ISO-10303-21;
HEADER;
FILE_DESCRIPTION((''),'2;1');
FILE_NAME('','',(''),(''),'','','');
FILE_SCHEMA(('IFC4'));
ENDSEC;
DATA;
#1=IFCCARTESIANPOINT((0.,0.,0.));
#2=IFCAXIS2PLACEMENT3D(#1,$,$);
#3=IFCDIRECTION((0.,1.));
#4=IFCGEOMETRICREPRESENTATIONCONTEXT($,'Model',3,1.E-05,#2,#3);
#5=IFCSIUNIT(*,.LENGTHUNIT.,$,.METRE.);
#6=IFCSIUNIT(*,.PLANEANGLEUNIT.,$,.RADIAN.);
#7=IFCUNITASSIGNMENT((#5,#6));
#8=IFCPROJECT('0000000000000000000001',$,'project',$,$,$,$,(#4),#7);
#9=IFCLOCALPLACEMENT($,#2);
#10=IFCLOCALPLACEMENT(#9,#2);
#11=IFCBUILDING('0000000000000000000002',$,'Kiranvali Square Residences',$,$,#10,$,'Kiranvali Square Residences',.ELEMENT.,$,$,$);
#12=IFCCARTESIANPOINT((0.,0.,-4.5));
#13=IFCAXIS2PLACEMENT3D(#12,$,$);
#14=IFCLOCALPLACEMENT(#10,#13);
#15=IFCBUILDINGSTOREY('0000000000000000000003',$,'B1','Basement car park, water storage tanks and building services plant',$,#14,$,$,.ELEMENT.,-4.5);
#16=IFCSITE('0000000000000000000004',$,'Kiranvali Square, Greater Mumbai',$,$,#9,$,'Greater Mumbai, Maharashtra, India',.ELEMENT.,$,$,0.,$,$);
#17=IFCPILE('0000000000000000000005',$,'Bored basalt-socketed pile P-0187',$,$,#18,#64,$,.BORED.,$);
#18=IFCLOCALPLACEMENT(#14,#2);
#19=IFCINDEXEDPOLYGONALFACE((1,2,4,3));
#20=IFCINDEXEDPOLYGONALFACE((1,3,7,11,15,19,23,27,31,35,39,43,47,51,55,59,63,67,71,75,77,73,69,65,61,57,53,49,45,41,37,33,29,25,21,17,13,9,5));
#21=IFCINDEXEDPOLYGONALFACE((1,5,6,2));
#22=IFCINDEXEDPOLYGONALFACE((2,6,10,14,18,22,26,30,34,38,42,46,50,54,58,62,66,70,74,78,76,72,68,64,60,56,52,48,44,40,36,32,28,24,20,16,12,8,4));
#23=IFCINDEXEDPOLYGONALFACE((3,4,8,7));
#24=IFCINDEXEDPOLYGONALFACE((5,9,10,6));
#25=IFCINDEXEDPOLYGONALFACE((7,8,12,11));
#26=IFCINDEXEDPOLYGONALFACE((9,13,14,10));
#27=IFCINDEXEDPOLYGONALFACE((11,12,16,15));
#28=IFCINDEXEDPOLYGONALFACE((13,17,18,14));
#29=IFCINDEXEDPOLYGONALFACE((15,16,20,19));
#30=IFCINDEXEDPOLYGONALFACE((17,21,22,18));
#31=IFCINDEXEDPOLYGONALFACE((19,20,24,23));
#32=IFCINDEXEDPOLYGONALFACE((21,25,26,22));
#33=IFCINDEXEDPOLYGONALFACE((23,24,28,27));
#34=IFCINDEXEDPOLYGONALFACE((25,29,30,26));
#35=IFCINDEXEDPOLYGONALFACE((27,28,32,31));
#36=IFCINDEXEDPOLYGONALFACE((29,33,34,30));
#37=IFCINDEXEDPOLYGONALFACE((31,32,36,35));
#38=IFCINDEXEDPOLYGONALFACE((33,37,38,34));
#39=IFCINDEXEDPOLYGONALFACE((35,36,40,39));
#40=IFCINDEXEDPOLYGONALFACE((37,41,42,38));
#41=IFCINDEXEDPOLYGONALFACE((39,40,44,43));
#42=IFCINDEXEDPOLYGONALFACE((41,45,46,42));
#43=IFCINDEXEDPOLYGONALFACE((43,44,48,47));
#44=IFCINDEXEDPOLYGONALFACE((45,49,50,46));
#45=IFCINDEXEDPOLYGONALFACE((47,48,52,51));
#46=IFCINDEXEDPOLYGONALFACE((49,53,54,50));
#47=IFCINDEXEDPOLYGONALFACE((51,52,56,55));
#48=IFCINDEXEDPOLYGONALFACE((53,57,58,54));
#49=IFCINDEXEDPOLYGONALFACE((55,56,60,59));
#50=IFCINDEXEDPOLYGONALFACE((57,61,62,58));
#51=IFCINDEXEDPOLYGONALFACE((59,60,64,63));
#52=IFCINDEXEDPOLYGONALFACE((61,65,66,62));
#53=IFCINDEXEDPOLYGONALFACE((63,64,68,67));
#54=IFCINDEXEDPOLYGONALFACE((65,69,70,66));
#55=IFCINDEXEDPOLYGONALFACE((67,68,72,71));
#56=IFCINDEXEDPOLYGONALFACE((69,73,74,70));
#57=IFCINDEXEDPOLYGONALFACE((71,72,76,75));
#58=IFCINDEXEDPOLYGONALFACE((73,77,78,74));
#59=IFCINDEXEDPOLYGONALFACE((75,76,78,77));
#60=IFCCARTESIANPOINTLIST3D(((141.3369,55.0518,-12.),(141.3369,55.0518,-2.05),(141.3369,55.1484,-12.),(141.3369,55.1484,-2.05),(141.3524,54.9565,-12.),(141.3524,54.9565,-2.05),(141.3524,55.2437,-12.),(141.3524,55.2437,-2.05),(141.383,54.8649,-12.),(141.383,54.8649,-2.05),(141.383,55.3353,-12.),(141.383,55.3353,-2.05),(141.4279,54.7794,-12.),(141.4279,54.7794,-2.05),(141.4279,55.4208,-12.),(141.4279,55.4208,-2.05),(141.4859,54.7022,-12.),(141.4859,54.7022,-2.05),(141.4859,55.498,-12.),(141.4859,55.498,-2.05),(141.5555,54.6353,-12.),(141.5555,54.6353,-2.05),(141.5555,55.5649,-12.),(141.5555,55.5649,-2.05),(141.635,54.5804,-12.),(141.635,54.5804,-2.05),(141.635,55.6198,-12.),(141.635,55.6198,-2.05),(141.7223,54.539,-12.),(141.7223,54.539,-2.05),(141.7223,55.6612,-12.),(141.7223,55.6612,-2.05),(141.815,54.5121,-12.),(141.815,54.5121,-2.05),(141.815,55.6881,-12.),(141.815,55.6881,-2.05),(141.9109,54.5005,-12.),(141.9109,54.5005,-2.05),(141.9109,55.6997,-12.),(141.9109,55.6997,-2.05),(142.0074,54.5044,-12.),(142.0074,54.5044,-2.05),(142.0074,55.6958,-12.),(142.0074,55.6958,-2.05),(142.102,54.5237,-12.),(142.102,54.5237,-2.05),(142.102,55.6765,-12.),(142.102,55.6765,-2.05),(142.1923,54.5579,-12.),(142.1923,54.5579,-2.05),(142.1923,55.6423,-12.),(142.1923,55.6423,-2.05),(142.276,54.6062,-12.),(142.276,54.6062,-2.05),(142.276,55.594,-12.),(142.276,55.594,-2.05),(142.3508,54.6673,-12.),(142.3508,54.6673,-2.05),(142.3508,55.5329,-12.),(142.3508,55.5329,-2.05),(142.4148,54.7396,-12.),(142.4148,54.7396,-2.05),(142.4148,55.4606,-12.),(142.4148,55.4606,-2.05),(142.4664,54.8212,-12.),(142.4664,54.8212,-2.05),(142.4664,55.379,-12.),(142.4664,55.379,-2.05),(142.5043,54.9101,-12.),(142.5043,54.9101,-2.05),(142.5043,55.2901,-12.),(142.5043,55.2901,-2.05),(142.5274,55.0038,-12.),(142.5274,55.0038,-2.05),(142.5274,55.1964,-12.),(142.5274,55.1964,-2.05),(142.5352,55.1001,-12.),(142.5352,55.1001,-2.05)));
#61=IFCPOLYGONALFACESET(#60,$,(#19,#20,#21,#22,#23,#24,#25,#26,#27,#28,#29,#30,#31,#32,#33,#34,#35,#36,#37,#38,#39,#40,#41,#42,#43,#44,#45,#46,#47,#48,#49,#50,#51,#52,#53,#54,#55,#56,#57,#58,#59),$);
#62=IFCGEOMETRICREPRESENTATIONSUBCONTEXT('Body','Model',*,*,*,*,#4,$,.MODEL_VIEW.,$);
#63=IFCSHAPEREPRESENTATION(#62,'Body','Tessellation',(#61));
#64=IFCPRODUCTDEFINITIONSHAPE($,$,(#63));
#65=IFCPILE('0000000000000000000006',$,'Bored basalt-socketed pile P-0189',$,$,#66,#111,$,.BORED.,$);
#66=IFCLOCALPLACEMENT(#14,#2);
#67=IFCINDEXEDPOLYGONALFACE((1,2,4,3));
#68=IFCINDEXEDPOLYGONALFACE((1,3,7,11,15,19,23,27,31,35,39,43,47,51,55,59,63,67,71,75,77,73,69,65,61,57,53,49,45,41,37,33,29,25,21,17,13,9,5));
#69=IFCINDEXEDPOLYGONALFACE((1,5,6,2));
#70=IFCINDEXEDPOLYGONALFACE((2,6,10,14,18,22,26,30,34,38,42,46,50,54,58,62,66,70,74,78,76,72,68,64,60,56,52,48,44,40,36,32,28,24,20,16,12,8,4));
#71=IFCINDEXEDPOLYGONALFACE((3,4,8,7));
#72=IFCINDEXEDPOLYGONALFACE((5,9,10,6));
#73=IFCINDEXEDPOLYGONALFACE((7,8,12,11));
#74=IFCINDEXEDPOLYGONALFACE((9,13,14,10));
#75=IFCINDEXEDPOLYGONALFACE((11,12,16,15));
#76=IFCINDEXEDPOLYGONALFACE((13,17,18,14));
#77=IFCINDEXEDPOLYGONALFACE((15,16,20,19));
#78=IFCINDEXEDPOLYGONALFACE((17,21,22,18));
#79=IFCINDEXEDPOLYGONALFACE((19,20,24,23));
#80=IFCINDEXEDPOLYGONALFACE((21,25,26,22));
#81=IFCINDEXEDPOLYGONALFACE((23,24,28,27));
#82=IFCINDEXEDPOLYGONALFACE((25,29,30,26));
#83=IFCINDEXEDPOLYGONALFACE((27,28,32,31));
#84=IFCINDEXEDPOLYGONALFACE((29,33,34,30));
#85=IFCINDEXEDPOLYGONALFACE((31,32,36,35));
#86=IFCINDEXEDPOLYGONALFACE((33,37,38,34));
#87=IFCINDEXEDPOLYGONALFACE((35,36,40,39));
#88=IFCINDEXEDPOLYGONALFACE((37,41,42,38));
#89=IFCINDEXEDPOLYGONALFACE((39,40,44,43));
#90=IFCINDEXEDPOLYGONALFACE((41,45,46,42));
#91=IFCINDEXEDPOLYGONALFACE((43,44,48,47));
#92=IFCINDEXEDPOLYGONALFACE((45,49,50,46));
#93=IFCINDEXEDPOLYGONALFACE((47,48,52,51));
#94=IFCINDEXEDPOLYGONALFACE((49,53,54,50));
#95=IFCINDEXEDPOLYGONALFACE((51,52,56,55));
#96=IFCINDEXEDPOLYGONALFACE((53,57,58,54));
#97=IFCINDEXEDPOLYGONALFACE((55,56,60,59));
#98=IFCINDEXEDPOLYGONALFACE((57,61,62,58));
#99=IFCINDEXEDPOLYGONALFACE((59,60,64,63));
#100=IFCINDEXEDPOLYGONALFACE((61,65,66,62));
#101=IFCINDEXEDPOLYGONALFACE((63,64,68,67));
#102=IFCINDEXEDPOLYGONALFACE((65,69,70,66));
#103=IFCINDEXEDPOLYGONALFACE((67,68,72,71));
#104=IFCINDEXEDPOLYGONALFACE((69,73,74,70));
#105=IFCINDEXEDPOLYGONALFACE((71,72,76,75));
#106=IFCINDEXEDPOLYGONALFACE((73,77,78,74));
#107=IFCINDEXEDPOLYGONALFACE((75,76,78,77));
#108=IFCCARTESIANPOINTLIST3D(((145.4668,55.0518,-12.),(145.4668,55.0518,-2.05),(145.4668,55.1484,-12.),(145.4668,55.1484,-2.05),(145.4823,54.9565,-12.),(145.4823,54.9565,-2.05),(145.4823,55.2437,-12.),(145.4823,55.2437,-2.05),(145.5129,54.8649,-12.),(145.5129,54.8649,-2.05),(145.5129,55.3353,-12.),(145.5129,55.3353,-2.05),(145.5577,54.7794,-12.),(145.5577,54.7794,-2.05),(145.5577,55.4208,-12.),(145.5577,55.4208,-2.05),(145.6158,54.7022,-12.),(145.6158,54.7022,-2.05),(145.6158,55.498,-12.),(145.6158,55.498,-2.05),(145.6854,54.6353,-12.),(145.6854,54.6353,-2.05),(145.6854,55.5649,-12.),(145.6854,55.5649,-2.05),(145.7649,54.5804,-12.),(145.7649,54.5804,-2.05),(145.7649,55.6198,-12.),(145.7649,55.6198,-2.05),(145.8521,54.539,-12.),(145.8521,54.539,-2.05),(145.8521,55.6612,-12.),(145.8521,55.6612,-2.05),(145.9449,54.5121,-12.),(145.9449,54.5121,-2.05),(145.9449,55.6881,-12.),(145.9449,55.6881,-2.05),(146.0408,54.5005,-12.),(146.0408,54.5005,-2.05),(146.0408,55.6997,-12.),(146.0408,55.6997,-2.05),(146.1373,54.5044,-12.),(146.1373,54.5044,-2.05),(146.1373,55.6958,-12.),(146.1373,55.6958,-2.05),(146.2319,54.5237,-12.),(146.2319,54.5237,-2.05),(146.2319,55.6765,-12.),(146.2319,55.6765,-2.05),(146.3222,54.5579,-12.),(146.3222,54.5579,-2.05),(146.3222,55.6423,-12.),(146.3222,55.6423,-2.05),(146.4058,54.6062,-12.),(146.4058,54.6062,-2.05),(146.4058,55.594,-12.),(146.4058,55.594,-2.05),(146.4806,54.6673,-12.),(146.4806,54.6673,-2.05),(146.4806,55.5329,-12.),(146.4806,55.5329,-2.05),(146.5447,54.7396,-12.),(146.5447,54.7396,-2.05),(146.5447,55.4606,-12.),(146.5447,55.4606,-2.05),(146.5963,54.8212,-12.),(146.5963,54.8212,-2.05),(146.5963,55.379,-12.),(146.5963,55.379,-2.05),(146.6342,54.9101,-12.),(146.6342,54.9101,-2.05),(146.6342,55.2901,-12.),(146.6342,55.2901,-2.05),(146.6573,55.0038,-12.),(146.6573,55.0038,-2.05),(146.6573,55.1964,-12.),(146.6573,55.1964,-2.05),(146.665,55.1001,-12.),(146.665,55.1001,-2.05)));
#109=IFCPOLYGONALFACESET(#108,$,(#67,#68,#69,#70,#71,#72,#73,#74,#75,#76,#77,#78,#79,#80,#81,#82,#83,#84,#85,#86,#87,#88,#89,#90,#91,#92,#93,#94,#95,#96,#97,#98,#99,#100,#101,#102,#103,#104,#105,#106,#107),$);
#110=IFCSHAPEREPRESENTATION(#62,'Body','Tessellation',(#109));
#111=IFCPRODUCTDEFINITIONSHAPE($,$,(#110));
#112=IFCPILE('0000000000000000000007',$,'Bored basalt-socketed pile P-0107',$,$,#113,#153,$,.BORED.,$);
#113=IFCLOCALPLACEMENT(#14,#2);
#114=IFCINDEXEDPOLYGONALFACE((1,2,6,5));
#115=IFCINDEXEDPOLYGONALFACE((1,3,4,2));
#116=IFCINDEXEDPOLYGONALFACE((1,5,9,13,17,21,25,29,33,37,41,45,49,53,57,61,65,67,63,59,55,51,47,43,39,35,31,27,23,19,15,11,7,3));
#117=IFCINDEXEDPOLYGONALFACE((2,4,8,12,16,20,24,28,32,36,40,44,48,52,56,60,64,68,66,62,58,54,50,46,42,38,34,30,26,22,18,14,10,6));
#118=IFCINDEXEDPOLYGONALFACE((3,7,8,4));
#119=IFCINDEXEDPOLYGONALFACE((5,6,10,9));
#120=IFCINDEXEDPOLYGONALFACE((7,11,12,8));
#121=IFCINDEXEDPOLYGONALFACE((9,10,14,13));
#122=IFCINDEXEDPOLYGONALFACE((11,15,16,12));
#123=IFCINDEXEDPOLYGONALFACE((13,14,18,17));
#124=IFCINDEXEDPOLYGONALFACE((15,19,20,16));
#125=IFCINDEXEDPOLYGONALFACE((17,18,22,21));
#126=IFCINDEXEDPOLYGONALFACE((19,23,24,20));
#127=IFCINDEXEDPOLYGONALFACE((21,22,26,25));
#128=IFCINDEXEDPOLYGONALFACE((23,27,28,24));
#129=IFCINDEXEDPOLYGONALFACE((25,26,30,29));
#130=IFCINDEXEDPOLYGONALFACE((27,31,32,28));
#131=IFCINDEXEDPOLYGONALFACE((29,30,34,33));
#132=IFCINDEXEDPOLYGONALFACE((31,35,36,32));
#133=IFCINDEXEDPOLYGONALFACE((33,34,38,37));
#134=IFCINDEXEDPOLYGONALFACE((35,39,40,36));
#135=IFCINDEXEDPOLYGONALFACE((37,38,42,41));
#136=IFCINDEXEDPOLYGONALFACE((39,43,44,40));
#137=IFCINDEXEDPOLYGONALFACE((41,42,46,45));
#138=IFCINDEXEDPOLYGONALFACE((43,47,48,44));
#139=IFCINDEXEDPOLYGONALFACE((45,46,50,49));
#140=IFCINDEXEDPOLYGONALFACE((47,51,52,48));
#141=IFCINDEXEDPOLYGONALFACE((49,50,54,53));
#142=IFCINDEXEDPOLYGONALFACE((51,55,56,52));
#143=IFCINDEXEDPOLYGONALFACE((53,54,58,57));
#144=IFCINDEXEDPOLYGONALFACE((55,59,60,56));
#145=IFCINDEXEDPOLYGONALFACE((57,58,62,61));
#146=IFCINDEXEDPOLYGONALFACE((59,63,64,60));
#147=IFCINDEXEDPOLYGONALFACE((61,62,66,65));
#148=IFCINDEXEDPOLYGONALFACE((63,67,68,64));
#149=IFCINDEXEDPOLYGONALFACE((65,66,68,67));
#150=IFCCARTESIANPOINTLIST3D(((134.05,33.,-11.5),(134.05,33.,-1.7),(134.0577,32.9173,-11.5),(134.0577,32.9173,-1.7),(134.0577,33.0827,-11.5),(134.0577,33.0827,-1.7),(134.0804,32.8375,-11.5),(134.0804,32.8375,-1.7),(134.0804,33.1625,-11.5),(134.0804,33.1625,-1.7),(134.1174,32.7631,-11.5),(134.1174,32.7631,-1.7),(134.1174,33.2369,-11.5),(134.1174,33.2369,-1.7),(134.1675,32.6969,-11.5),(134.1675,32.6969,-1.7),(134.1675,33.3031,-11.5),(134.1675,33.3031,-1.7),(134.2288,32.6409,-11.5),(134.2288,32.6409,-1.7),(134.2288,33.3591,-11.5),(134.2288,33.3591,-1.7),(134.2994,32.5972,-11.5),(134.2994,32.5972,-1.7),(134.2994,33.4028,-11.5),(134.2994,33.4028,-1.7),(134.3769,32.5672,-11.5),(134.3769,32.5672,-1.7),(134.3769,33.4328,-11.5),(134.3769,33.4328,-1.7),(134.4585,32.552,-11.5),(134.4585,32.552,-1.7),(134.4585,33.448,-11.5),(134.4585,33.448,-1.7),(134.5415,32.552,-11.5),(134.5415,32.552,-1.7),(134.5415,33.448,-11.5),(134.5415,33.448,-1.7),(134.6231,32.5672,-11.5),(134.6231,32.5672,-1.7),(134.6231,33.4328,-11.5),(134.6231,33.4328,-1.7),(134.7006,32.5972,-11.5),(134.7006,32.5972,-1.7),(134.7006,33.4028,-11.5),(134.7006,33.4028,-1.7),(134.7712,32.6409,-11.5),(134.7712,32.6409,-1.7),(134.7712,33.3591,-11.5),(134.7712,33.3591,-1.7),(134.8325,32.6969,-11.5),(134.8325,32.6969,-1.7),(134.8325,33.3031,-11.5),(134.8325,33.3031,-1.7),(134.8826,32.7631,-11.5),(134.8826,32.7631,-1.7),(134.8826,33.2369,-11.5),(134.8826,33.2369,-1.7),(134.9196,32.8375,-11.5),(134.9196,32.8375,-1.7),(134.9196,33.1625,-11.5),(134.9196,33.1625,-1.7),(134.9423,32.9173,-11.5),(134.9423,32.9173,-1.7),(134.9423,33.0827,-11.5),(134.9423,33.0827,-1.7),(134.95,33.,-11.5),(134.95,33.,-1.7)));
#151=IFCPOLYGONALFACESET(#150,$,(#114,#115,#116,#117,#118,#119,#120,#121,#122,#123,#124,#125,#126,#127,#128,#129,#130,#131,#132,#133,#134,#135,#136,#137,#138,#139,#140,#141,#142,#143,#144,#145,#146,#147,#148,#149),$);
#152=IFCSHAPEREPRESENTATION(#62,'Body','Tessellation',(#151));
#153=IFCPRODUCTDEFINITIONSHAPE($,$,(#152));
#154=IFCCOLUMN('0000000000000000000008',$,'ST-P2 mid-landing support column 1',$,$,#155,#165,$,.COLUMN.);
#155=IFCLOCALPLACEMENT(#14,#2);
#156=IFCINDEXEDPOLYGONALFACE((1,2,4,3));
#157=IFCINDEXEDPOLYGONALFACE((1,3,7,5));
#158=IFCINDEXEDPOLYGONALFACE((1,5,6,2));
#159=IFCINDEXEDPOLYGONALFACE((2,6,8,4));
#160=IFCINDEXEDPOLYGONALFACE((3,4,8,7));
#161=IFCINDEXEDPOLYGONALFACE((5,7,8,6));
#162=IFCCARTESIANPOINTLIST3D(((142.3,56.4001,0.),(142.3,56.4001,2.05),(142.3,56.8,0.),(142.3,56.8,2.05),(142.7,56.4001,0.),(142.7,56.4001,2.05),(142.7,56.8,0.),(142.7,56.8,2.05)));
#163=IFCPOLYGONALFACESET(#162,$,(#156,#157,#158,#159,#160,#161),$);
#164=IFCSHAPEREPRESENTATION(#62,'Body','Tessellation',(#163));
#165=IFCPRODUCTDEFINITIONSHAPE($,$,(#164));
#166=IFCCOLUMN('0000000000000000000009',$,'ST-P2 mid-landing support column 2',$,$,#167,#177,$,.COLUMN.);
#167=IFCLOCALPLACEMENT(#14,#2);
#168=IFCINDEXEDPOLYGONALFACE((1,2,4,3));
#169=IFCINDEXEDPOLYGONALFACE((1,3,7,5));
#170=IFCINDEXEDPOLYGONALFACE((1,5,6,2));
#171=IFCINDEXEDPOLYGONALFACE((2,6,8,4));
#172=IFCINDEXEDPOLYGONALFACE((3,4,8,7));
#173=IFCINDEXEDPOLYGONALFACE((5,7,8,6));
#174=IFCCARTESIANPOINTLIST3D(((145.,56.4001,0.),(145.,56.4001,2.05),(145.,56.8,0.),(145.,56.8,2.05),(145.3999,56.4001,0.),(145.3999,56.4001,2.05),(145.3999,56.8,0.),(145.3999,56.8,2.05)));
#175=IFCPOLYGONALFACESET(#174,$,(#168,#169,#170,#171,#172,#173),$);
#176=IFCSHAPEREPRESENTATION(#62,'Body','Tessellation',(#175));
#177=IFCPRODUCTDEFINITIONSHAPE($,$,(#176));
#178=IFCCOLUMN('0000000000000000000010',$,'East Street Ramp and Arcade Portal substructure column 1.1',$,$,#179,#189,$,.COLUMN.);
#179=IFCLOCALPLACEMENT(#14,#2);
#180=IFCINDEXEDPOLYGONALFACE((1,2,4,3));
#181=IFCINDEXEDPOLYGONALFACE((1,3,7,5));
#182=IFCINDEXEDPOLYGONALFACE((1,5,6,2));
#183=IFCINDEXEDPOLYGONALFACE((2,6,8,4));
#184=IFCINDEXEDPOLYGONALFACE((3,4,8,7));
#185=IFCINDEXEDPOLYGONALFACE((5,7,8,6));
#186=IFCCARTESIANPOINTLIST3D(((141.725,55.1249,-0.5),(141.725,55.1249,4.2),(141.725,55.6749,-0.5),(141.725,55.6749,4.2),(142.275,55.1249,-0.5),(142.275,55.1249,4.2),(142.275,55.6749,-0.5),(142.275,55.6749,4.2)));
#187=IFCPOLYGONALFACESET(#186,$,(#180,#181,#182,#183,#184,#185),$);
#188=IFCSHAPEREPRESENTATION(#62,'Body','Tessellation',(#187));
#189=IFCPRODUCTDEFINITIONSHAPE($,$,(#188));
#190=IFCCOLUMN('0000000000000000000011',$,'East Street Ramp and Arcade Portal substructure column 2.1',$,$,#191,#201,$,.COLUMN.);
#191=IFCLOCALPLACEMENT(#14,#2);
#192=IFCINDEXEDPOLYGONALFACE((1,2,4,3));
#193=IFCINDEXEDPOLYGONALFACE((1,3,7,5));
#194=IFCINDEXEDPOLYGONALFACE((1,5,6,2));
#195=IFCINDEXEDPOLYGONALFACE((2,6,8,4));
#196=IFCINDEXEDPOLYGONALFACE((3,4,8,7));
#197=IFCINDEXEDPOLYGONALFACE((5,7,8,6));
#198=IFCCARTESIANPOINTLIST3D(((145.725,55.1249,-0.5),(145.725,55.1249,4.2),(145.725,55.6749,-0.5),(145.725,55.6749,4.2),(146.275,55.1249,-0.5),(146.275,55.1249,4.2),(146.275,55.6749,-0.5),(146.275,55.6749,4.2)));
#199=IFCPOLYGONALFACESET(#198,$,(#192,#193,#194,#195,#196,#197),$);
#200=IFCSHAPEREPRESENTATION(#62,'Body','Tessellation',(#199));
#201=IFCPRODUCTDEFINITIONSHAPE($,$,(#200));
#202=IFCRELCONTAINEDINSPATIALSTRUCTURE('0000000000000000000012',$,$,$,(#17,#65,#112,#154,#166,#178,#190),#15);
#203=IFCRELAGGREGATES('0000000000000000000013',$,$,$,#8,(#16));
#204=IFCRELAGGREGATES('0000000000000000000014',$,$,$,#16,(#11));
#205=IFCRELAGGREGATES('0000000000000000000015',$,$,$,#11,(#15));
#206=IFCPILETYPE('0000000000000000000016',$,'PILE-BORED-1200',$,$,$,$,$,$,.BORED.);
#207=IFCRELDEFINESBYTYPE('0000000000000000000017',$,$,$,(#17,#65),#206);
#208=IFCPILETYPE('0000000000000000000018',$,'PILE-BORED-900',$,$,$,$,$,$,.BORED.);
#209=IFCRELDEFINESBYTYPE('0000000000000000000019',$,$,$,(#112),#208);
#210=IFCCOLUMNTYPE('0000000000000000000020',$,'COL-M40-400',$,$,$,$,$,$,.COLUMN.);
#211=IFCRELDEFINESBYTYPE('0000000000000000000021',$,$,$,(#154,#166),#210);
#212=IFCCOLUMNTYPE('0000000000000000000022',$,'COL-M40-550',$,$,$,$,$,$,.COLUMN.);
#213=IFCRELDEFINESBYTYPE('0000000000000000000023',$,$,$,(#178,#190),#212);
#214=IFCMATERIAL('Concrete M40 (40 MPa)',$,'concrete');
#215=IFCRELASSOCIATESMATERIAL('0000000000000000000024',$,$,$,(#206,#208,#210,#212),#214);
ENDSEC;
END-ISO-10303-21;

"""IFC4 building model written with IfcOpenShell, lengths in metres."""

from ifc_helpers import new_model, si_unit, direction, frame, origin, origin_2d, place, context, subcontext, project, spatial, rectangle, circle, extrude, material, material_profile, profile_set, type_object, element, save


model = new_model("IFC4")

# Units and contexts
model_context = context("Model", 3, precision=1e-05, world=origin(), true_north=direction((0.0, 1.0)))
body_context = subcontext(model_context, "Body", "Model", "MODEL_VIEW")
ifc_project = project(units=[si_unit("LENGTHUNIT", "METRE"), si_unit("PLANEANGLEUNIT", "RADIAN")], contexts=[model_context])

# Site, building, storey
site_placement = place(None, origin())
site = spatial("IfcSite", under=ifc_project, at=site_placement, Name="Kiranvali Square, Greater Mumbai", LongName="Greater Mumbai, Maharashtra, India", CompositionType="ELEMENT", RefElevation=0.0)
building_placement = place(site_placement, origin())
building = spatial("IfcBuilding", under=site, at=building_placement, Name="Kiranvali Square Residences", LongName="Kiranvali Square Residences", CompositionType="ELEMENT")
storey_placement = place(building_placement, frame((0.0, 0.0, -4.5)))
storey = spatial("IfcBuildingStorey", under=building, at=storey_placement, Name="B1", Description="Basement car park, water storage tanks and building services plant", CompositionType="ELEMENT", Elevation=-4.5)

# Shared definitions
ifc_material_1 = material(Name="Concrete M40 (40 MPa)", Category="concrete")

# Piles
ifc_material_profile_1 = material_profile(ifc_material_1, circle(Radius=0.6001, at=origin_2d()), Name="BORED PILE 1200")
ifc_profile_set_1 = profile_set([ifc_material_profile_1], Name="Concrete M40 (40 MPa)")
pile_type_1 = type_object("IfcPileType", Name="PILE-BORED-1200", PredefinedType="BORED", material=ifc_profile_set_1)
for number, where, z_axis, x_axis, name in (
    (1, (141.9351, 55.1001, -2.05), (0.0, 0.0, -1.0), (1.0, 0.0, 0.0), "Bored basalt-socketed pile P-0187"),
    (2, (146.0649, 55.1001, -2.05), (0.0, 0.0, -1.0), (1.0, 0.0, 0.0), "Bored basalt-socketed pile P-0189"),
):
    element("IfcPile", number, at=place(storey_placement, frame(where, z_axis=z_axis, x_axis=x_axis)), inside=storey, type_object=pile_type_1, Name=name, PredefinedType="BORED", context=body_context, shape_type="SweptSolid", body=[
        extrude(circle(Radius=0.6001, at=origin_2d()), origin(), (0.0, 0.0, 1.0), 9.95),
    ])
ifc_material_profile_2 = material_profile(ifc_material_1, circle(Radius=0.45, at=origin_2d()), Name="BORED PILE 900")
ifc_profile_set_2 = profile_set([ifc_material_profile_2], Name="Concrete M40 (40 MPa)")
pile_type_2 = type_object("IfcPileType", Name="PILE-BORED-900", PredefinedType="BORED", material=ifc_profile_set_2)
pile_placement = place(storey_placement, frame((134.5, 33.0, -1.7), z_axis=(0.0, 0.0, -1.0), x_axis=(1.0, 0.0, 0.0)))
element("IfcPile", 3, at=pile_placement, inside=storey, type_object=pile_type_2, Name="Bored basalt-socketed pile P-0107", PredefinedType="BORED", context=body_context, shape_type="SweptSolid", body=[
    extrude(circle(Radius=0.45, at=origin_2d()), origin(), (0.0, 0.0, 1.0), 9.8),
])

# Columns
ifc_material_profile_3 = material_profile(ifc_material_1, rectangle(XDim=0.3999, YDim=0.3999, at=origin_2d()), Name="RC 400x400")
ifc_profile_set_3 = profile_set([ifc_material_profile_3], Name="Concrete M40 (40 MPa)")
column_type_1 = type_object("IfcColumnType", Name="COL-M40-400", PredefinedType="COLUMN", material=ifc_profile_set_3)
for number, where, z_axis, x_axis, name in (
    (4, (142.5, 56.6001, 0.0), (0.0, 0.0, 1.0), (1.0, 0.0, 0.0), "ST-P2 mid-landing support column 1"),
    (5, (145.2, 56.6001, 0.0), (0.0, 0.0, 1.0), (1.0, 0.0, 0.0), "ST-P2 mid-landing support column 2"),
):
    element("IfcColumn", number, at=place(storey_placement, frame(where, z_axis=z_axis, x_axis=x_axis)), inside=storey, type_object=column_type_1, Name=name, PredefinedType="COLUMN", context=body_context, shape_type="SweptSolid", body=[
        extrude(rectangle(XDim=0.3999, YDim=0.3999, at=origin_2d()), origin(), (0.0, 0.0, 1.0), 2.05),
    ])
ifc_material_profile_4 = material_profile(ifc_material_1, rectangle(XDim=0.55, YDim=0.55, at=origin_2d()), Name="RC 550x550")
ifc_profile_set_4 = profile_set([ifc_material_profile_4], Name="Concrete M40 (40 MPa)")
column_type_2 = type_object("IfcColumnType", Name="COL-M40-550", PredefinedType="COLUMN", material=ifc_profile_set_4)
for number, where, z_axis, x_axis, name in (
    (6, (142.0, 55.3999, -0.5), (0.0, 0.0, 1.0), (1.0, 0.0, 0.0), "East Street Ramp and Arcade Portal substructure column 1.1"),
    (7, (146.0, 55.3999, -0.5), (0.0, 0.0, 1.0), (1.0, 0.0, 0.0), "East Street Ramp and Arcade Portal substructure column 2.1"),
):
    element("IfcColumn", number, at=place(storey_placement, frame(where, z_axis=z_axis, x_axis=x_axis)), inside=storey, type_object=column_type_2, Name=name, PredefinedType="COLUMN", context=body_context, shape_type="SweptSolid", body=[
        extrude(rectangle(XDim=0.55, YDim=0.55, at=origin_2d()), origin(), (0.0, 0.0, 1.0), 4.7),
    ])

save(model, "model.ifc")
